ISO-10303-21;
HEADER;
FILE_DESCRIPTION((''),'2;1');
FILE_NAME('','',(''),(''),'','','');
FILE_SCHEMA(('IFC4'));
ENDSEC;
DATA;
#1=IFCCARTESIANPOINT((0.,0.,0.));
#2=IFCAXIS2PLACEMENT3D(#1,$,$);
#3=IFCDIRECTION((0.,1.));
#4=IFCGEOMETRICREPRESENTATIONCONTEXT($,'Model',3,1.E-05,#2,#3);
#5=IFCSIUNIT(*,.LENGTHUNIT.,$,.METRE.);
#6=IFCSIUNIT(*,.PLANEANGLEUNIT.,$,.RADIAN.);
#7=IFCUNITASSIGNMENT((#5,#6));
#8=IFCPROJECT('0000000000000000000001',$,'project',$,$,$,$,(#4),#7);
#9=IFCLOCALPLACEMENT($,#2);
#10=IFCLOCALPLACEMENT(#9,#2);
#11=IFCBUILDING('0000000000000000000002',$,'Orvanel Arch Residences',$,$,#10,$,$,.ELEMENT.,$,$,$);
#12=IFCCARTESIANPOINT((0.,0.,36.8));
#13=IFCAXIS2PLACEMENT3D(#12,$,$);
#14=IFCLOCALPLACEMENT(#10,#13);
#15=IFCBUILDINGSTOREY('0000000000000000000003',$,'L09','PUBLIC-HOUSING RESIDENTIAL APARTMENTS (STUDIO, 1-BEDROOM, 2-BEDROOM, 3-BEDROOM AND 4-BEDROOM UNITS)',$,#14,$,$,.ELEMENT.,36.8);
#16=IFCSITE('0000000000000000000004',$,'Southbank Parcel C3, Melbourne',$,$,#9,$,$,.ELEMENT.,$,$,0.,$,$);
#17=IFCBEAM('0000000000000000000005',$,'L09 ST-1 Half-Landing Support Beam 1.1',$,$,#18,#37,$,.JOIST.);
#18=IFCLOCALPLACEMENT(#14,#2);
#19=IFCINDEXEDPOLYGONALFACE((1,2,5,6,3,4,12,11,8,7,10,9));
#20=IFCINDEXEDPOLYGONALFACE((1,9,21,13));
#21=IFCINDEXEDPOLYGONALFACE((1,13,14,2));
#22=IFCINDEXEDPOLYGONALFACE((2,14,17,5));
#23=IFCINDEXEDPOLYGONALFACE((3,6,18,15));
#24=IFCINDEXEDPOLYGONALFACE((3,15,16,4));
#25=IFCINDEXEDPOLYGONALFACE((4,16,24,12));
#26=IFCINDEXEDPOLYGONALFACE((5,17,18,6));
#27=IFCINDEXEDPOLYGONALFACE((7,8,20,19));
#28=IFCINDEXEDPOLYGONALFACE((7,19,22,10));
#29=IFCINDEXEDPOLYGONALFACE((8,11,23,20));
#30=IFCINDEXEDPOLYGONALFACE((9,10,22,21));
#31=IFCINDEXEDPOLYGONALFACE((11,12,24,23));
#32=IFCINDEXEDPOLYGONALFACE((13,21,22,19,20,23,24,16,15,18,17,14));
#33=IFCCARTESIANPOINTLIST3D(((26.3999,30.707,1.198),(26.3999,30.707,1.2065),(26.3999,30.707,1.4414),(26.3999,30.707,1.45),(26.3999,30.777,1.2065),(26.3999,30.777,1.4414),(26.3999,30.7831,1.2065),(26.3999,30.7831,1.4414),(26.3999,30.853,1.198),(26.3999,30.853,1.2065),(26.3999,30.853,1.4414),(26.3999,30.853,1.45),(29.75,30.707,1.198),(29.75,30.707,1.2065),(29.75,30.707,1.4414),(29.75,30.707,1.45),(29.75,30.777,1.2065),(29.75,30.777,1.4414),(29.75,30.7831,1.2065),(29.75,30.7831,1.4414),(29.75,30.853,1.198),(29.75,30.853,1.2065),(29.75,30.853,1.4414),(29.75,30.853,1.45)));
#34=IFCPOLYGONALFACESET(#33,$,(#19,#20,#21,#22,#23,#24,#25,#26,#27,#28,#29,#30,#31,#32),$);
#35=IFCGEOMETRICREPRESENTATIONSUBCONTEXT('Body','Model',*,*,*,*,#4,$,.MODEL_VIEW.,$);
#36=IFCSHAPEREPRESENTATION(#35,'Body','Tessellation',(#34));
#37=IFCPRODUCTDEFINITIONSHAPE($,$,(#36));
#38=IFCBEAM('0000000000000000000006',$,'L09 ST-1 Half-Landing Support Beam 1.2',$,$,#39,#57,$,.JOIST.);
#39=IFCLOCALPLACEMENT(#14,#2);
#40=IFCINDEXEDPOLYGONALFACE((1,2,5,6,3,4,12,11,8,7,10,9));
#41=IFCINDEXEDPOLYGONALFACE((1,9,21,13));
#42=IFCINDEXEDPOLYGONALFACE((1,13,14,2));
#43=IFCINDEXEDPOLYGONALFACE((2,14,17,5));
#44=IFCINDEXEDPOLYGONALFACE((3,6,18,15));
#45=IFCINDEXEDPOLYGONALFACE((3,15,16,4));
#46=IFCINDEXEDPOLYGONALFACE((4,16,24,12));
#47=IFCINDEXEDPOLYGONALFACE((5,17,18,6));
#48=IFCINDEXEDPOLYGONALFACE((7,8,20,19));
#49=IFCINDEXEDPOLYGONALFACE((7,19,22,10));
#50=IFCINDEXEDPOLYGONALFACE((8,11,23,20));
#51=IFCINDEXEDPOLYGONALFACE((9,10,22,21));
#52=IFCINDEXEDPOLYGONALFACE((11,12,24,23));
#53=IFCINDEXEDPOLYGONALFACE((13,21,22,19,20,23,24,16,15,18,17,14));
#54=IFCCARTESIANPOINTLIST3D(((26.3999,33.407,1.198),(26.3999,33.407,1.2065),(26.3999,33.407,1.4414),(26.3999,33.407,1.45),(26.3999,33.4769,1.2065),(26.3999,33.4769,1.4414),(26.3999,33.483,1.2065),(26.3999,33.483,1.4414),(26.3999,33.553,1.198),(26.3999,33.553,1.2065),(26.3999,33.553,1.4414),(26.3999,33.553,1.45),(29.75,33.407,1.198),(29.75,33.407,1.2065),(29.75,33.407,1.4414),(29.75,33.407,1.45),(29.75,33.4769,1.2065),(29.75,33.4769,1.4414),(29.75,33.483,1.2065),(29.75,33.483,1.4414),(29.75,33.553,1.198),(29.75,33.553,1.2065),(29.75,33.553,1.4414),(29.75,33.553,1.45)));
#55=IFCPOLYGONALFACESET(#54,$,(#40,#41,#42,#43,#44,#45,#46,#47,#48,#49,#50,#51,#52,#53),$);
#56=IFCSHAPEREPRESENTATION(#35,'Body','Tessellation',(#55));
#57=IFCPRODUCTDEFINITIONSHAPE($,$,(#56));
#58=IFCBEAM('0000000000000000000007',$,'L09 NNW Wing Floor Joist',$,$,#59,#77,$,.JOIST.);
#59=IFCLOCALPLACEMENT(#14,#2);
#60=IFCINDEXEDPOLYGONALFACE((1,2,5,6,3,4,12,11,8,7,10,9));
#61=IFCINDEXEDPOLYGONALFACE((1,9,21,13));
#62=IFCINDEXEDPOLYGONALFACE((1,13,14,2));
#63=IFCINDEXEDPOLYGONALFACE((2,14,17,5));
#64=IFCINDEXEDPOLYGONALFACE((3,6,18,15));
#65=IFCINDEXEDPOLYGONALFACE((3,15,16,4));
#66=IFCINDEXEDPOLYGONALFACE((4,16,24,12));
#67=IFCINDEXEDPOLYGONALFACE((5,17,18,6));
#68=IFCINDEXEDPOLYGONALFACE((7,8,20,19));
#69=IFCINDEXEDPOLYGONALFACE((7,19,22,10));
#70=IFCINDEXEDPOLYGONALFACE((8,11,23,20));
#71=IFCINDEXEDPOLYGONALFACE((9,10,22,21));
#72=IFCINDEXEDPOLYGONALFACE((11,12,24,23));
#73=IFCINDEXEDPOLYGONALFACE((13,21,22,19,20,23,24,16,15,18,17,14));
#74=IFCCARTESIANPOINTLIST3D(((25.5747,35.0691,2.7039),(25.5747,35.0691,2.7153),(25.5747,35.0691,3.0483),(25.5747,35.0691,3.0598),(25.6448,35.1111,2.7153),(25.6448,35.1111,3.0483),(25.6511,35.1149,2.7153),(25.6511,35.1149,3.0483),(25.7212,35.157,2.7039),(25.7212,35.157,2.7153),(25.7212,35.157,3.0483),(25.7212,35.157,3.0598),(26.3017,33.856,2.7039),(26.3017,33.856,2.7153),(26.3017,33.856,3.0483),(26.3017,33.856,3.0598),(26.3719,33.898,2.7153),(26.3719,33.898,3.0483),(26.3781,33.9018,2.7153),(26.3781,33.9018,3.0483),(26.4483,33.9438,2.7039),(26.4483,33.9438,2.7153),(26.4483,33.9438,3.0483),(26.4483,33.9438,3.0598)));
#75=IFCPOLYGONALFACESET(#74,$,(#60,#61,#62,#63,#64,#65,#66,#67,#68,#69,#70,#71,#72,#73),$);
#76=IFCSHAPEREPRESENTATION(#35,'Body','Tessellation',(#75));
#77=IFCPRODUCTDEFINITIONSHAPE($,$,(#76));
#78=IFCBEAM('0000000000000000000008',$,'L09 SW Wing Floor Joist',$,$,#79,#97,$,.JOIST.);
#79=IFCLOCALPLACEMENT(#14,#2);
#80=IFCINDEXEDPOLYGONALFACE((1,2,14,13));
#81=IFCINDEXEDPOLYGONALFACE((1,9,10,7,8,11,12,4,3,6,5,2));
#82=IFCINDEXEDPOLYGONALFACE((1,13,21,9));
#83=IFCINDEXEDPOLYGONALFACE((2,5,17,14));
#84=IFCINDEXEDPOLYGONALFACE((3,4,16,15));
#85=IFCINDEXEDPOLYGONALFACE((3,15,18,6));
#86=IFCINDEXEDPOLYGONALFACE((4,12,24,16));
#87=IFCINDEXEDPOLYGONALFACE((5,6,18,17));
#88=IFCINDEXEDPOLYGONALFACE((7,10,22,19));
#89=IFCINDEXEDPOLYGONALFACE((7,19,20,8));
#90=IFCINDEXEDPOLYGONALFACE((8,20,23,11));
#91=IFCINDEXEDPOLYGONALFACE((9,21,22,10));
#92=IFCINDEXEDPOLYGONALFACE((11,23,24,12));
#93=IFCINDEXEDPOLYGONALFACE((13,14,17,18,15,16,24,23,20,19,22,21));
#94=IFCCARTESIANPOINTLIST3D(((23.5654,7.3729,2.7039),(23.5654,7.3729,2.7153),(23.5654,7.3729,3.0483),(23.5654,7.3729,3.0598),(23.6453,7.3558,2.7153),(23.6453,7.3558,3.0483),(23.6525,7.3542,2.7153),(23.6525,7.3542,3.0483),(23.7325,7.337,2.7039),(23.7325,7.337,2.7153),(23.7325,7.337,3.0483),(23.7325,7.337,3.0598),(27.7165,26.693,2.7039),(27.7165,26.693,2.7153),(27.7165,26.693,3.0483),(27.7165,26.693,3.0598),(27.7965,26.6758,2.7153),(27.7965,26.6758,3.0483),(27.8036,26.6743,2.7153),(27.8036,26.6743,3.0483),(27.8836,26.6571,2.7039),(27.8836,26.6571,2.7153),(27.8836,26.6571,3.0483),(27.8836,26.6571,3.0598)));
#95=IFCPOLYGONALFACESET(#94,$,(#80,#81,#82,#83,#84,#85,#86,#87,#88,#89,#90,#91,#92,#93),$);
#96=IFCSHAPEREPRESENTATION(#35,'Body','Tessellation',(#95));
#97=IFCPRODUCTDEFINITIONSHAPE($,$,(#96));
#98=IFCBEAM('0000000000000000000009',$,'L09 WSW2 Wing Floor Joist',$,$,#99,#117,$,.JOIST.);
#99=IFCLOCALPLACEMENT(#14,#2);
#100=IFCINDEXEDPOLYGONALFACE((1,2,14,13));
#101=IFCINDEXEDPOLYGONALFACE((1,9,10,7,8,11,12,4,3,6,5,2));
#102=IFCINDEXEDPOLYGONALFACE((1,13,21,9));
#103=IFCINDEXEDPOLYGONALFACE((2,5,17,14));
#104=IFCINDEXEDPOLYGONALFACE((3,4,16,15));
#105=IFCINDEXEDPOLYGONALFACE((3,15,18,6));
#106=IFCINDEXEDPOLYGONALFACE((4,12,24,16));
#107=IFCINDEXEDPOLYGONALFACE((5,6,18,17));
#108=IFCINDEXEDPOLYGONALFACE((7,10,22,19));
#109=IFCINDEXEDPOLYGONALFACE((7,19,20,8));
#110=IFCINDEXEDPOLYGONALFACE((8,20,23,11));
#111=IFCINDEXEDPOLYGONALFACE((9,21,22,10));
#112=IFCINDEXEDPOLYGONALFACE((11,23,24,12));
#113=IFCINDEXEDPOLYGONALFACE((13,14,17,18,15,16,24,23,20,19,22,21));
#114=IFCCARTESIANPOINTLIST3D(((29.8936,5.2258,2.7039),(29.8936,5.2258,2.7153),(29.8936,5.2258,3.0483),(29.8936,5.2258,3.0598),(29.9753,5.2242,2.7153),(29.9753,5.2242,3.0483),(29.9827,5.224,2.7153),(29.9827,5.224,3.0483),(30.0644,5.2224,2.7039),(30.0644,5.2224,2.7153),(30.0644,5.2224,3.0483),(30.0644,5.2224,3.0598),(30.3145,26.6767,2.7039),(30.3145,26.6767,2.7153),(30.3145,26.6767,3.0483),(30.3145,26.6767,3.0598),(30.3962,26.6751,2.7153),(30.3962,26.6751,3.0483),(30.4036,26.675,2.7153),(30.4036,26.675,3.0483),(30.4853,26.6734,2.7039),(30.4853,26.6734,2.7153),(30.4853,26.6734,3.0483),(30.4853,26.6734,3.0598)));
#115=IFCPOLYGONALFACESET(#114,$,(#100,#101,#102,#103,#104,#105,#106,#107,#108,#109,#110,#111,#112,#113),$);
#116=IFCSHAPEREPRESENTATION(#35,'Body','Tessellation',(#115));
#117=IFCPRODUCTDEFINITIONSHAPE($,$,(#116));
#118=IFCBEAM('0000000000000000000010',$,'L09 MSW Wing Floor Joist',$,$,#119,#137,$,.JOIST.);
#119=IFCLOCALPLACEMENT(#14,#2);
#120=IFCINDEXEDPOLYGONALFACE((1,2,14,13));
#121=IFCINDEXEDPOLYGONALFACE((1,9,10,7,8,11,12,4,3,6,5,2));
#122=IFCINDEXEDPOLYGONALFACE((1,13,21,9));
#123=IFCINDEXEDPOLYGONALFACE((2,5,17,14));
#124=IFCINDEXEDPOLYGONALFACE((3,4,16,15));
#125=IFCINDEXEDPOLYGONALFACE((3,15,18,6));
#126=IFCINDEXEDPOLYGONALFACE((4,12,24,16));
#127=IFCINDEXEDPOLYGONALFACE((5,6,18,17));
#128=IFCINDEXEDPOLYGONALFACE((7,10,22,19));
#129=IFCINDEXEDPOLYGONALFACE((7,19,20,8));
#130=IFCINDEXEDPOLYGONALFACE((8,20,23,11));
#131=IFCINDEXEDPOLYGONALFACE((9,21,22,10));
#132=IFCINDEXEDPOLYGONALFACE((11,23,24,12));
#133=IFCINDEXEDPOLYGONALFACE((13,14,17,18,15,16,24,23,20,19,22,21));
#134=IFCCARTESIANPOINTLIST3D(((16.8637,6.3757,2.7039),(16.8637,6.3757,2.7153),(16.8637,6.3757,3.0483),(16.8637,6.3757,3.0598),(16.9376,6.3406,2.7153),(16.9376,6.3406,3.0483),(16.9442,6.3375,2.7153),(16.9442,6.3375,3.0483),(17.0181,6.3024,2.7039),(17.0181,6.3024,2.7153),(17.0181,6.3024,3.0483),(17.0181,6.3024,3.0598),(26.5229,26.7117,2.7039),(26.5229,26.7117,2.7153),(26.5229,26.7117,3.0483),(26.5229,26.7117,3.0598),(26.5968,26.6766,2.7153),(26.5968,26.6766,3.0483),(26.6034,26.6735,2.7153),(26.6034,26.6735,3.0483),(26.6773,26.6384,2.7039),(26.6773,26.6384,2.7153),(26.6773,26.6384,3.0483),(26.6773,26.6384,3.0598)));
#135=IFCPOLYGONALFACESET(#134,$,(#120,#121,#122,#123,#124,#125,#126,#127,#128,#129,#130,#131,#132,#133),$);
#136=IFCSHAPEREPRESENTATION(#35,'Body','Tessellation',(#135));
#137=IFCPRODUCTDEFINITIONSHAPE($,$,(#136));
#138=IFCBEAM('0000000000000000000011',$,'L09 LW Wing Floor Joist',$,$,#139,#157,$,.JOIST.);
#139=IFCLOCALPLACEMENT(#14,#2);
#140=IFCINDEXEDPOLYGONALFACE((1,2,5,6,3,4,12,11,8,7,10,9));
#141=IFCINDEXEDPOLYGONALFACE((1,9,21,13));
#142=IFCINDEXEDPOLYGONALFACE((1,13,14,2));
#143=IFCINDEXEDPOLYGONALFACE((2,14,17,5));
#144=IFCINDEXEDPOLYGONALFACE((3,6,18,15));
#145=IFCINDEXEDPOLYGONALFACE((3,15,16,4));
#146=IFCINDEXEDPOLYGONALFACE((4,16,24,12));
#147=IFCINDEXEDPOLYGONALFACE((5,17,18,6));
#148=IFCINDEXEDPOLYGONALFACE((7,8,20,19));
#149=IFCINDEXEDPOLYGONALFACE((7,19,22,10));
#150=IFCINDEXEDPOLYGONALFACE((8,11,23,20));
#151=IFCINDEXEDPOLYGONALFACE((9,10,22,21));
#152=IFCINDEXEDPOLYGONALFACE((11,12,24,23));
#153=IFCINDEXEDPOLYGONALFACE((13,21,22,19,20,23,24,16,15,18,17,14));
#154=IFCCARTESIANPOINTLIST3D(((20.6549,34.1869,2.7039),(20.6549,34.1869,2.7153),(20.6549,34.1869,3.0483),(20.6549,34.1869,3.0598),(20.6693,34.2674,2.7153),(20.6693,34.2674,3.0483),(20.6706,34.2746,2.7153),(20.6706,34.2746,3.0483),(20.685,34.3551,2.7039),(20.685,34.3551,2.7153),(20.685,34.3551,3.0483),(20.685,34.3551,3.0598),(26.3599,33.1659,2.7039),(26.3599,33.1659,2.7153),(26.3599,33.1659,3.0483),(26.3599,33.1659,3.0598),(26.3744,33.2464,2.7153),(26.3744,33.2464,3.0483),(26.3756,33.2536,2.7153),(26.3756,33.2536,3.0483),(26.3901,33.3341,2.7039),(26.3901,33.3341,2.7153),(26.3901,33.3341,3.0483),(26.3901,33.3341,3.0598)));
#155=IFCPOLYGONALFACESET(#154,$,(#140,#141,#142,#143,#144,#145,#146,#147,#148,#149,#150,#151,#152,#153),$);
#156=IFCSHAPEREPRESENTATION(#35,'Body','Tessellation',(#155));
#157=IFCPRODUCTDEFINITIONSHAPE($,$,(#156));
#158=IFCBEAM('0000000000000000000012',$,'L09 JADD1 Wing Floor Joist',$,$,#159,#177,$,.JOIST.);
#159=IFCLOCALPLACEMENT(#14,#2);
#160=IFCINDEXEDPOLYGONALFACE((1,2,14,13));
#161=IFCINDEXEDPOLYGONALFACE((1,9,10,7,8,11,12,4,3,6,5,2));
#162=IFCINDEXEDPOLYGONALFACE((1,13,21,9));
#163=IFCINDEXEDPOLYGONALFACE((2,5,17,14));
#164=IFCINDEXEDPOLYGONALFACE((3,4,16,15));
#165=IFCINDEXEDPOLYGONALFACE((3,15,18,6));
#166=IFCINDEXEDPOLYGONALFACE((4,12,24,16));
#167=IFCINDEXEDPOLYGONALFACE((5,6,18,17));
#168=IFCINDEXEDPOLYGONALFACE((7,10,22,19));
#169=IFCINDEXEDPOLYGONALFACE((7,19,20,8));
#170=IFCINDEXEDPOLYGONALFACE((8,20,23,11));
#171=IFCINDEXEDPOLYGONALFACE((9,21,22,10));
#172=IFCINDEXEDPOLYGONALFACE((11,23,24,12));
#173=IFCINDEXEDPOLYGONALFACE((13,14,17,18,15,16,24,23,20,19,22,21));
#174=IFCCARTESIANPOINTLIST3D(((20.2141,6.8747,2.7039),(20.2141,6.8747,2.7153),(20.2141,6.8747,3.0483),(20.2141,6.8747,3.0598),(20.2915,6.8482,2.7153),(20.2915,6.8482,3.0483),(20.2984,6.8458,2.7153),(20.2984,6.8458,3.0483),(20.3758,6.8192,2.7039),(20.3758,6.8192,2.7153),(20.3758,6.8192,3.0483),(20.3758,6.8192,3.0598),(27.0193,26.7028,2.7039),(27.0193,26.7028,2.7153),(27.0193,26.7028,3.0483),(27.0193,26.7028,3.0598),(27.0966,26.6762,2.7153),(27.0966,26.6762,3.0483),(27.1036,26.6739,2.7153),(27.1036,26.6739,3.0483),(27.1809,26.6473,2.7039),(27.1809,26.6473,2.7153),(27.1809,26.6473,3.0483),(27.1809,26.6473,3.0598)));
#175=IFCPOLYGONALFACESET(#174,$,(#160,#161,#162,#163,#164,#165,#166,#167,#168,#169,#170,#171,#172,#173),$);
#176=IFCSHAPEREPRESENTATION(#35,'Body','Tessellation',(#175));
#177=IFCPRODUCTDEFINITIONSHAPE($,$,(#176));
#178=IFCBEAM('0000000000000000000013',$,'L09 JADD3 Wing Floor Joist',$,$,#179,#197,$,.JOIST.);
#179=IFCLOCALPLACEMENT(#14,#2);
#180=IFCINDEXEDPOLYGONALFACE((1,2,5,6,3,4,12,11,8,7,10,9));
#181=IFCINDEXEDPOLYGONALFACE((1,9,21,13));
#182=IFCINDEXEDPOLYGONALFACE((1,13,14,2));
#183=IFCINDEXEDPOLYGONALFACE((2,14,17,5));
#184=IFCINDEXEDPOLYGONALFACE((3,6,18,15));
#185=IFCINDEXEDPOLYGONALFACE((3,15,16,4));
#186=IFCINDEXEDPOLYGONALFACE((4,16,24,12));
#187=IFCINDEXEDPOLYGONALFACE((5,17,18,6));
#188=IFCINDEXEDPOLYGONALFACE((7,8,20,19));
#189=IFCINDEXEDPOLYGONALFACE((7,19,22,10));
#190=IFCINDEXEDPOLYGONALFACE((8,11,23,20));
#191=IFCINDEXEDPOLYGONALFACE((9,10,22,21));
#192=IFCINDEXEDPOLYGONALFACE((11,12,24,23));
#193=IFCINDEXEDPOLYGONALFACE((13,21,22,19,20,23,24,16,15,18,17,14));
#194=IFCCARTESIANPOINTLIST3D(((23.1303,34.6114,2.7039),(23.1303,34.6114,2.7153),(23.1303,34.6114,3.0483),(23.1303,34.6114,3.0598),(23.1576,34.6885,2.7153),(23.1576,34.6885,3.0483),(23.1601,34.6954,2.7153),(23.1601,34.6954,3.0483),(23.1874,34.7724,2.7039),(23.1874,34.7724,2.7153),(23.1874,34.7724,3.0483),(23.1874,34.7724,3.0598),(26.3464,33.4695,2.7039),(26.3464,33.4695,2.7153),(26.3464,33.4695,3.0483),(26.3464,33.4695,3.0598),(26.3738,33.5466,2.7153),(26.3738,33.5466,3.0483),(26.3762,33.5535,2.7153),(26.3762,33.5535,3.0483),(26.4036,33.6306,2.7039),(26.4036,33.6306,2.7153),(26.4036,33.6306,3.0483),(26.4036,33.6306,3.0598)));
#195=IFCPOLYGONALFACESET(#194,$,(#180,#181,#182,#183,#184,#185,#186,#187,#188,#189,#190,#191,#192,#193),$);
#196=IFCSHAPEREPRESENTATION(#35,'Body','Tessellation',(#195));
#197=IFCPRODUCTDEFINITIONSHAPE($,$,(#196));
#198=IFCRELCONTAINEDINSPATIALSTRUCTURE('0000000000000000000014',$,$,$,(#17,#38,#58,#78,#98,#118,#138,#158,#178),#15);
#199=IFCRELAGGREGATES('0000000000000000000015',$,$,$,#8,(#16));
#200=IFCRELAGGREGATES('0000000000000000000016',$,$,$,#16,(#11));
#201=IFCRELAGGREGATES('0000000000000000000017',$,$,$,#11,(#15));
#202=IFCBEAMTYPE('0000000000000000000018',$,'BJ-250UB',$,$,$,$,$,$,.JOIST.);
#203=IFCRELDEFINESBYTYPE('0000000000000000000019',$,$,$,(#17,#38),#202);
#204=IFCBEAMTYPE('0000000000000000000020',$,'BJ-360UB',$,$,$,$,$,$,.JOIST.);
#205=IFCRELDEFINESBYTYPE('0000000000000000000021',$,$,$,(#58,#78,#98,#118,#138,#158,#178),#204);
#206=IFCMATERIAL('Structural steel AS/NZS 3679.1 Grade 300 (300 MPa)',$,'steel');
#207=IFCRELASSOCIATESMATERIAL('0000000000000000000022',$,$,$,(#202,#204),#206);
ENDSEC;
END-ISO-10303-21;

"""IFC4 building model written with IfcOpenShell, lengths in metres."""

from ifc_helpers import new_model, si_unit, direction, frame, origin, origin_2d, place, context, subcontext, project, spatial, i_section, extrude, material, material_profile, profile_set, type_object, element, save


model = new_model("IFC4")

# Units and contexts
model_context = context("Model", 3, precision=1e-05, world=origin(), true_north=direction((0.0, 1.0)))
body_context = subcontext(model_context, "Body", "Model", "MODEL_VIEW")
ifc_project = project(units=[si_unit("LENGTHUNIT", "METRE"), si_unit("PLANEANGLEUNIT", "RADIAN")], contexts=[model_context])

# Site, building, storey
site_placement = place(None, origin())
site = spatial("IfcSite", under=ifc_project, at=site_placement, Name="Southbank Parcel C3, Melbourne", CompositionType="ELEMENT", RefElevation=0.0)
building_placement = place(site_placement, origin())
building = spatial("IfcBuilding", under=site, at=building_placement, Name="Orvanel Arch Residences", CompositionType="ELEMENT")
storey_placement = place(building_placement, frame((0.0, 0.0, 36.8)))
storey = spatial("IfcBuildingStorey", under=building, at=storey_placement, Name="L09", Description="PUBLIC-HOUSING RESIDENTIAL APARTMENTS (STUDIO, 1-BEDROOM, 2-BEDROOM, 3-BEDROOM AND 4-BEDROOM UNITS)", CompositionType="ELEMENT", Elevation=36.8)

# Beams
ifc_material_1 = material(Name="Structural steel AS/NZS 3679.1 Grade 300 (300 MPa)", Category="steel")
ifc_material_profile_1 = material_profile(ifc_material_1, i_section(OverallWidth=0.146, OverallDepth=0.252, WebThickness=0.0061, FlangeThickness=0.0085, at=origin_2d()), Name="250UB31.4")
ifc_profile_set_1 = profile_set([ifc_material_profile_1], Name="Structural steel AS/NZS 3679.1 Grade 300 (300 MPa)")
beam_type_1 = type_object("IfcBeamType", Name="BJ-250UB", PredefinedType="JOIST", material=ifc_profile_set_1)
for number, where, z_axis, x_axis, name in (
    (1, (26.3999, 30.78, 1.324), (1.0, 0.0, 0.0), (0.0, 1.0, 0.0), "L09 ST-1 Half-Landing Support Beam 1.1"),
    (2, (26.3999, 33.48, 1.324), (1.0, 0.0, 0.0), (0.0, 1.0, 0.0), "L09 ST-1 Half-Landing Support Beam 1.2"),
):
    element("IfcBeam", number, at=place(storey_placement, frame(where, z_axis=z_axis, x_axis=x_axis)), inside=storey, type_object=beam_type_1, Name=name, PredefinedType="JOIST", context=body_context, shape_type="SweptSolid", body=[
        extrude(i_section(OverallWidth=0.146, OverallDepth=0.252, WebThickness=0.0061, FlangeThickness=0.0085, at=origin_2d()), origin(), (0.0, 0.0, 1.0), 3.3501),
    ])
ifc_material_profile_2 = material_profile(ifc_material_1, i_section(OverallWidth=0.1709, OverallDepth=0.356, WebThickness=0.0073, FlangeThickness=0.0115, at=origin_2d()), Name="360UB50.7")
ifc_profile_set_2 = profile_set([ifc_material_profile_2], Name="Structural steel AS/NZS 3679.1 Grade 300 (300 MPa)")
beam_type_2 = type_object("IfcBeamType", Name="BJ-360UB", PredefinedType="JOIST", material=ifc_profile_set_2)
beam_1_placement = place(storey_placement, frame((26.375, 33.8999, 2.8818), z_axis=(-0.514064, 0.857752, 0.0), x_axis=(-0.857752, -0.514064, 0.0)))
element("IfcBeam", 3, at=beam_1_placement, inside=storey, type_object=beam_type_2, Name="L09 NNW Wing Floor Joist", PredefinedType="JOIST", context=body_context, shape_type="SweptSolid", body=[
    extrude(i_section(OverallWidth=0.1709, OverallDepth=0.356, WebThickness=0.0073, FlangeThickness=0.0115, at=origin_2d()), origin(), (0.0, 0.0, 1.0), 1.4143),
])
beam_2_placement = place(storey_placement, frame((27.8, 26.675, 2.8818), z_axis=(-0.210067, -0.977687, 0.0), x_axis=(0.977687, -0.210067, 0.0)))
element("IfcBeam", 4, at=beam_2_placement, inside=storey, type_object=beam_type_2, Name="L09 SW Wing Floor Joist", PredefinedType="JOIST", context=body_context, shape_type="SweptSolid", body=[
    extrude(i_section(OverallWidth=0.1709, OverallDepth=0.356, WebThickness=0.0073, FlangeThickness=0.0115, at=origin_2d()), origin(), (0.0, 0.0, 1.0), 19.761),
])
beam_3_placement = place(storey_placement, frame((30.3999, 26.675, 2.8818), z_axis=(-0.019618, -0.999808, 0.0), x_axis=(0.999808, -0.019618, 0.0)))
element("IfcBeam", 5, at=beam_3_placement, inside=storey, type_object=beam_type_2, Name="L09 WSW2 Wing Floor Joist", PredefinedType="JOIST", context=body_context, shape_type="SweptSolid", body=[
    extrude(i_section(OverallWidth=0.1709, OverallDepth=0.356, WebThickness=0.0073, FlangeThickness=0.0115, at=origin_2d()), origin(), (0.0, 0.0, 1.0), 21.4551),
])
beam_4_placement = place(storey_placement, frame((26.6001, 26.675, 2.8818), z_axis=(-0.429043, -0.903284, 0.0), x_axis=(0.903284, -0.429043, 0.0)))
element("IfcBeam", 6, at=beam_4_placement, inside=storey, type_object=beam_type_2, Name="L09 MSW Wing Floor Joist", PredefinedType="JOIST", context=body_context, shape_type="SweptSolid", body=[
    extrude(i_section(OverallWidth=0.1709, OverallDepth=0.356, WebThickness=0.0073, FlangeThickness=0.0115, at=origin_2d()), origin(), (0.0, 0.0, 1.0), 22.5134),
])
beam_5_placement = place(storey_placement, frame((26.375, 33.25, 2.8818), z_axis=(-0.984361, 0.176164, 0.0), x_axis=(-0.176164, -0.984361, 0.0)))
element("IfcBeam", 7, at=beam_5_placement, inside=storey, type_object=beam_type_2, Name="L09 LW Wing Floor Joist", PredefinedType="JOIST", context=body_context, shape_type="SweptSolid", body=[
    extrude(i_section(OverallWidth=0.1709, OverallDepth=0.356, WebThickness=0.0073, FlangeThickness=0.0115, at=origin_2d()), origin(), (0.0, 0.0, 1.0), 5.7957),
])
beam_6_placement = place(storey_placement, frame((27.1001, 26.675, 2.8818), z_axis=(-0.324621, -0.945844, 0.0), x_axis=(0.945844, -0.324621, 0.0)))
element("IfcBeam", 8, at=beam_6_placement, inside=storey, type_object=beam_type_2, Name="L09 JADD1 Wing Floor Joist", PredefinedType="JOIST", context=body_context, shape_type="SweptSolid", body=[
    extrude(i_section(OverallWidth=0.1709, OverallDepth=0.356, WebThickness=0.0073, FlangeThickness=0.0115, at=origin_2d()), origin(), (0.0, 0.0, 1.0), 20.9634),
])
beam_7_placement = place(storey_placement, frame((26.375, 33.55, 2.8818), z_axis=(-0.942367, 0.334582, 0.0), x_axis=(-0.334582, -0.942367, 0.0)))
element("IfcBeam", 9, at=beam_7_placement, inside=storey, type_object=beam_type_2, Name="L09 JADD3 Wing Floor Joist", PredefinedType="JOIST", context=body_context, shape_type="SweptSolid", body=[
    extrude(i_section(OverallWidth=0.1709, OverallDepth=0.356, WebThickness=0.0073, FlangeThickness=0.0115, at=origin_2d()), origin(), (0.0, 0.0, 1.0), 3.4128),
])

save(model, "model.ifc")
